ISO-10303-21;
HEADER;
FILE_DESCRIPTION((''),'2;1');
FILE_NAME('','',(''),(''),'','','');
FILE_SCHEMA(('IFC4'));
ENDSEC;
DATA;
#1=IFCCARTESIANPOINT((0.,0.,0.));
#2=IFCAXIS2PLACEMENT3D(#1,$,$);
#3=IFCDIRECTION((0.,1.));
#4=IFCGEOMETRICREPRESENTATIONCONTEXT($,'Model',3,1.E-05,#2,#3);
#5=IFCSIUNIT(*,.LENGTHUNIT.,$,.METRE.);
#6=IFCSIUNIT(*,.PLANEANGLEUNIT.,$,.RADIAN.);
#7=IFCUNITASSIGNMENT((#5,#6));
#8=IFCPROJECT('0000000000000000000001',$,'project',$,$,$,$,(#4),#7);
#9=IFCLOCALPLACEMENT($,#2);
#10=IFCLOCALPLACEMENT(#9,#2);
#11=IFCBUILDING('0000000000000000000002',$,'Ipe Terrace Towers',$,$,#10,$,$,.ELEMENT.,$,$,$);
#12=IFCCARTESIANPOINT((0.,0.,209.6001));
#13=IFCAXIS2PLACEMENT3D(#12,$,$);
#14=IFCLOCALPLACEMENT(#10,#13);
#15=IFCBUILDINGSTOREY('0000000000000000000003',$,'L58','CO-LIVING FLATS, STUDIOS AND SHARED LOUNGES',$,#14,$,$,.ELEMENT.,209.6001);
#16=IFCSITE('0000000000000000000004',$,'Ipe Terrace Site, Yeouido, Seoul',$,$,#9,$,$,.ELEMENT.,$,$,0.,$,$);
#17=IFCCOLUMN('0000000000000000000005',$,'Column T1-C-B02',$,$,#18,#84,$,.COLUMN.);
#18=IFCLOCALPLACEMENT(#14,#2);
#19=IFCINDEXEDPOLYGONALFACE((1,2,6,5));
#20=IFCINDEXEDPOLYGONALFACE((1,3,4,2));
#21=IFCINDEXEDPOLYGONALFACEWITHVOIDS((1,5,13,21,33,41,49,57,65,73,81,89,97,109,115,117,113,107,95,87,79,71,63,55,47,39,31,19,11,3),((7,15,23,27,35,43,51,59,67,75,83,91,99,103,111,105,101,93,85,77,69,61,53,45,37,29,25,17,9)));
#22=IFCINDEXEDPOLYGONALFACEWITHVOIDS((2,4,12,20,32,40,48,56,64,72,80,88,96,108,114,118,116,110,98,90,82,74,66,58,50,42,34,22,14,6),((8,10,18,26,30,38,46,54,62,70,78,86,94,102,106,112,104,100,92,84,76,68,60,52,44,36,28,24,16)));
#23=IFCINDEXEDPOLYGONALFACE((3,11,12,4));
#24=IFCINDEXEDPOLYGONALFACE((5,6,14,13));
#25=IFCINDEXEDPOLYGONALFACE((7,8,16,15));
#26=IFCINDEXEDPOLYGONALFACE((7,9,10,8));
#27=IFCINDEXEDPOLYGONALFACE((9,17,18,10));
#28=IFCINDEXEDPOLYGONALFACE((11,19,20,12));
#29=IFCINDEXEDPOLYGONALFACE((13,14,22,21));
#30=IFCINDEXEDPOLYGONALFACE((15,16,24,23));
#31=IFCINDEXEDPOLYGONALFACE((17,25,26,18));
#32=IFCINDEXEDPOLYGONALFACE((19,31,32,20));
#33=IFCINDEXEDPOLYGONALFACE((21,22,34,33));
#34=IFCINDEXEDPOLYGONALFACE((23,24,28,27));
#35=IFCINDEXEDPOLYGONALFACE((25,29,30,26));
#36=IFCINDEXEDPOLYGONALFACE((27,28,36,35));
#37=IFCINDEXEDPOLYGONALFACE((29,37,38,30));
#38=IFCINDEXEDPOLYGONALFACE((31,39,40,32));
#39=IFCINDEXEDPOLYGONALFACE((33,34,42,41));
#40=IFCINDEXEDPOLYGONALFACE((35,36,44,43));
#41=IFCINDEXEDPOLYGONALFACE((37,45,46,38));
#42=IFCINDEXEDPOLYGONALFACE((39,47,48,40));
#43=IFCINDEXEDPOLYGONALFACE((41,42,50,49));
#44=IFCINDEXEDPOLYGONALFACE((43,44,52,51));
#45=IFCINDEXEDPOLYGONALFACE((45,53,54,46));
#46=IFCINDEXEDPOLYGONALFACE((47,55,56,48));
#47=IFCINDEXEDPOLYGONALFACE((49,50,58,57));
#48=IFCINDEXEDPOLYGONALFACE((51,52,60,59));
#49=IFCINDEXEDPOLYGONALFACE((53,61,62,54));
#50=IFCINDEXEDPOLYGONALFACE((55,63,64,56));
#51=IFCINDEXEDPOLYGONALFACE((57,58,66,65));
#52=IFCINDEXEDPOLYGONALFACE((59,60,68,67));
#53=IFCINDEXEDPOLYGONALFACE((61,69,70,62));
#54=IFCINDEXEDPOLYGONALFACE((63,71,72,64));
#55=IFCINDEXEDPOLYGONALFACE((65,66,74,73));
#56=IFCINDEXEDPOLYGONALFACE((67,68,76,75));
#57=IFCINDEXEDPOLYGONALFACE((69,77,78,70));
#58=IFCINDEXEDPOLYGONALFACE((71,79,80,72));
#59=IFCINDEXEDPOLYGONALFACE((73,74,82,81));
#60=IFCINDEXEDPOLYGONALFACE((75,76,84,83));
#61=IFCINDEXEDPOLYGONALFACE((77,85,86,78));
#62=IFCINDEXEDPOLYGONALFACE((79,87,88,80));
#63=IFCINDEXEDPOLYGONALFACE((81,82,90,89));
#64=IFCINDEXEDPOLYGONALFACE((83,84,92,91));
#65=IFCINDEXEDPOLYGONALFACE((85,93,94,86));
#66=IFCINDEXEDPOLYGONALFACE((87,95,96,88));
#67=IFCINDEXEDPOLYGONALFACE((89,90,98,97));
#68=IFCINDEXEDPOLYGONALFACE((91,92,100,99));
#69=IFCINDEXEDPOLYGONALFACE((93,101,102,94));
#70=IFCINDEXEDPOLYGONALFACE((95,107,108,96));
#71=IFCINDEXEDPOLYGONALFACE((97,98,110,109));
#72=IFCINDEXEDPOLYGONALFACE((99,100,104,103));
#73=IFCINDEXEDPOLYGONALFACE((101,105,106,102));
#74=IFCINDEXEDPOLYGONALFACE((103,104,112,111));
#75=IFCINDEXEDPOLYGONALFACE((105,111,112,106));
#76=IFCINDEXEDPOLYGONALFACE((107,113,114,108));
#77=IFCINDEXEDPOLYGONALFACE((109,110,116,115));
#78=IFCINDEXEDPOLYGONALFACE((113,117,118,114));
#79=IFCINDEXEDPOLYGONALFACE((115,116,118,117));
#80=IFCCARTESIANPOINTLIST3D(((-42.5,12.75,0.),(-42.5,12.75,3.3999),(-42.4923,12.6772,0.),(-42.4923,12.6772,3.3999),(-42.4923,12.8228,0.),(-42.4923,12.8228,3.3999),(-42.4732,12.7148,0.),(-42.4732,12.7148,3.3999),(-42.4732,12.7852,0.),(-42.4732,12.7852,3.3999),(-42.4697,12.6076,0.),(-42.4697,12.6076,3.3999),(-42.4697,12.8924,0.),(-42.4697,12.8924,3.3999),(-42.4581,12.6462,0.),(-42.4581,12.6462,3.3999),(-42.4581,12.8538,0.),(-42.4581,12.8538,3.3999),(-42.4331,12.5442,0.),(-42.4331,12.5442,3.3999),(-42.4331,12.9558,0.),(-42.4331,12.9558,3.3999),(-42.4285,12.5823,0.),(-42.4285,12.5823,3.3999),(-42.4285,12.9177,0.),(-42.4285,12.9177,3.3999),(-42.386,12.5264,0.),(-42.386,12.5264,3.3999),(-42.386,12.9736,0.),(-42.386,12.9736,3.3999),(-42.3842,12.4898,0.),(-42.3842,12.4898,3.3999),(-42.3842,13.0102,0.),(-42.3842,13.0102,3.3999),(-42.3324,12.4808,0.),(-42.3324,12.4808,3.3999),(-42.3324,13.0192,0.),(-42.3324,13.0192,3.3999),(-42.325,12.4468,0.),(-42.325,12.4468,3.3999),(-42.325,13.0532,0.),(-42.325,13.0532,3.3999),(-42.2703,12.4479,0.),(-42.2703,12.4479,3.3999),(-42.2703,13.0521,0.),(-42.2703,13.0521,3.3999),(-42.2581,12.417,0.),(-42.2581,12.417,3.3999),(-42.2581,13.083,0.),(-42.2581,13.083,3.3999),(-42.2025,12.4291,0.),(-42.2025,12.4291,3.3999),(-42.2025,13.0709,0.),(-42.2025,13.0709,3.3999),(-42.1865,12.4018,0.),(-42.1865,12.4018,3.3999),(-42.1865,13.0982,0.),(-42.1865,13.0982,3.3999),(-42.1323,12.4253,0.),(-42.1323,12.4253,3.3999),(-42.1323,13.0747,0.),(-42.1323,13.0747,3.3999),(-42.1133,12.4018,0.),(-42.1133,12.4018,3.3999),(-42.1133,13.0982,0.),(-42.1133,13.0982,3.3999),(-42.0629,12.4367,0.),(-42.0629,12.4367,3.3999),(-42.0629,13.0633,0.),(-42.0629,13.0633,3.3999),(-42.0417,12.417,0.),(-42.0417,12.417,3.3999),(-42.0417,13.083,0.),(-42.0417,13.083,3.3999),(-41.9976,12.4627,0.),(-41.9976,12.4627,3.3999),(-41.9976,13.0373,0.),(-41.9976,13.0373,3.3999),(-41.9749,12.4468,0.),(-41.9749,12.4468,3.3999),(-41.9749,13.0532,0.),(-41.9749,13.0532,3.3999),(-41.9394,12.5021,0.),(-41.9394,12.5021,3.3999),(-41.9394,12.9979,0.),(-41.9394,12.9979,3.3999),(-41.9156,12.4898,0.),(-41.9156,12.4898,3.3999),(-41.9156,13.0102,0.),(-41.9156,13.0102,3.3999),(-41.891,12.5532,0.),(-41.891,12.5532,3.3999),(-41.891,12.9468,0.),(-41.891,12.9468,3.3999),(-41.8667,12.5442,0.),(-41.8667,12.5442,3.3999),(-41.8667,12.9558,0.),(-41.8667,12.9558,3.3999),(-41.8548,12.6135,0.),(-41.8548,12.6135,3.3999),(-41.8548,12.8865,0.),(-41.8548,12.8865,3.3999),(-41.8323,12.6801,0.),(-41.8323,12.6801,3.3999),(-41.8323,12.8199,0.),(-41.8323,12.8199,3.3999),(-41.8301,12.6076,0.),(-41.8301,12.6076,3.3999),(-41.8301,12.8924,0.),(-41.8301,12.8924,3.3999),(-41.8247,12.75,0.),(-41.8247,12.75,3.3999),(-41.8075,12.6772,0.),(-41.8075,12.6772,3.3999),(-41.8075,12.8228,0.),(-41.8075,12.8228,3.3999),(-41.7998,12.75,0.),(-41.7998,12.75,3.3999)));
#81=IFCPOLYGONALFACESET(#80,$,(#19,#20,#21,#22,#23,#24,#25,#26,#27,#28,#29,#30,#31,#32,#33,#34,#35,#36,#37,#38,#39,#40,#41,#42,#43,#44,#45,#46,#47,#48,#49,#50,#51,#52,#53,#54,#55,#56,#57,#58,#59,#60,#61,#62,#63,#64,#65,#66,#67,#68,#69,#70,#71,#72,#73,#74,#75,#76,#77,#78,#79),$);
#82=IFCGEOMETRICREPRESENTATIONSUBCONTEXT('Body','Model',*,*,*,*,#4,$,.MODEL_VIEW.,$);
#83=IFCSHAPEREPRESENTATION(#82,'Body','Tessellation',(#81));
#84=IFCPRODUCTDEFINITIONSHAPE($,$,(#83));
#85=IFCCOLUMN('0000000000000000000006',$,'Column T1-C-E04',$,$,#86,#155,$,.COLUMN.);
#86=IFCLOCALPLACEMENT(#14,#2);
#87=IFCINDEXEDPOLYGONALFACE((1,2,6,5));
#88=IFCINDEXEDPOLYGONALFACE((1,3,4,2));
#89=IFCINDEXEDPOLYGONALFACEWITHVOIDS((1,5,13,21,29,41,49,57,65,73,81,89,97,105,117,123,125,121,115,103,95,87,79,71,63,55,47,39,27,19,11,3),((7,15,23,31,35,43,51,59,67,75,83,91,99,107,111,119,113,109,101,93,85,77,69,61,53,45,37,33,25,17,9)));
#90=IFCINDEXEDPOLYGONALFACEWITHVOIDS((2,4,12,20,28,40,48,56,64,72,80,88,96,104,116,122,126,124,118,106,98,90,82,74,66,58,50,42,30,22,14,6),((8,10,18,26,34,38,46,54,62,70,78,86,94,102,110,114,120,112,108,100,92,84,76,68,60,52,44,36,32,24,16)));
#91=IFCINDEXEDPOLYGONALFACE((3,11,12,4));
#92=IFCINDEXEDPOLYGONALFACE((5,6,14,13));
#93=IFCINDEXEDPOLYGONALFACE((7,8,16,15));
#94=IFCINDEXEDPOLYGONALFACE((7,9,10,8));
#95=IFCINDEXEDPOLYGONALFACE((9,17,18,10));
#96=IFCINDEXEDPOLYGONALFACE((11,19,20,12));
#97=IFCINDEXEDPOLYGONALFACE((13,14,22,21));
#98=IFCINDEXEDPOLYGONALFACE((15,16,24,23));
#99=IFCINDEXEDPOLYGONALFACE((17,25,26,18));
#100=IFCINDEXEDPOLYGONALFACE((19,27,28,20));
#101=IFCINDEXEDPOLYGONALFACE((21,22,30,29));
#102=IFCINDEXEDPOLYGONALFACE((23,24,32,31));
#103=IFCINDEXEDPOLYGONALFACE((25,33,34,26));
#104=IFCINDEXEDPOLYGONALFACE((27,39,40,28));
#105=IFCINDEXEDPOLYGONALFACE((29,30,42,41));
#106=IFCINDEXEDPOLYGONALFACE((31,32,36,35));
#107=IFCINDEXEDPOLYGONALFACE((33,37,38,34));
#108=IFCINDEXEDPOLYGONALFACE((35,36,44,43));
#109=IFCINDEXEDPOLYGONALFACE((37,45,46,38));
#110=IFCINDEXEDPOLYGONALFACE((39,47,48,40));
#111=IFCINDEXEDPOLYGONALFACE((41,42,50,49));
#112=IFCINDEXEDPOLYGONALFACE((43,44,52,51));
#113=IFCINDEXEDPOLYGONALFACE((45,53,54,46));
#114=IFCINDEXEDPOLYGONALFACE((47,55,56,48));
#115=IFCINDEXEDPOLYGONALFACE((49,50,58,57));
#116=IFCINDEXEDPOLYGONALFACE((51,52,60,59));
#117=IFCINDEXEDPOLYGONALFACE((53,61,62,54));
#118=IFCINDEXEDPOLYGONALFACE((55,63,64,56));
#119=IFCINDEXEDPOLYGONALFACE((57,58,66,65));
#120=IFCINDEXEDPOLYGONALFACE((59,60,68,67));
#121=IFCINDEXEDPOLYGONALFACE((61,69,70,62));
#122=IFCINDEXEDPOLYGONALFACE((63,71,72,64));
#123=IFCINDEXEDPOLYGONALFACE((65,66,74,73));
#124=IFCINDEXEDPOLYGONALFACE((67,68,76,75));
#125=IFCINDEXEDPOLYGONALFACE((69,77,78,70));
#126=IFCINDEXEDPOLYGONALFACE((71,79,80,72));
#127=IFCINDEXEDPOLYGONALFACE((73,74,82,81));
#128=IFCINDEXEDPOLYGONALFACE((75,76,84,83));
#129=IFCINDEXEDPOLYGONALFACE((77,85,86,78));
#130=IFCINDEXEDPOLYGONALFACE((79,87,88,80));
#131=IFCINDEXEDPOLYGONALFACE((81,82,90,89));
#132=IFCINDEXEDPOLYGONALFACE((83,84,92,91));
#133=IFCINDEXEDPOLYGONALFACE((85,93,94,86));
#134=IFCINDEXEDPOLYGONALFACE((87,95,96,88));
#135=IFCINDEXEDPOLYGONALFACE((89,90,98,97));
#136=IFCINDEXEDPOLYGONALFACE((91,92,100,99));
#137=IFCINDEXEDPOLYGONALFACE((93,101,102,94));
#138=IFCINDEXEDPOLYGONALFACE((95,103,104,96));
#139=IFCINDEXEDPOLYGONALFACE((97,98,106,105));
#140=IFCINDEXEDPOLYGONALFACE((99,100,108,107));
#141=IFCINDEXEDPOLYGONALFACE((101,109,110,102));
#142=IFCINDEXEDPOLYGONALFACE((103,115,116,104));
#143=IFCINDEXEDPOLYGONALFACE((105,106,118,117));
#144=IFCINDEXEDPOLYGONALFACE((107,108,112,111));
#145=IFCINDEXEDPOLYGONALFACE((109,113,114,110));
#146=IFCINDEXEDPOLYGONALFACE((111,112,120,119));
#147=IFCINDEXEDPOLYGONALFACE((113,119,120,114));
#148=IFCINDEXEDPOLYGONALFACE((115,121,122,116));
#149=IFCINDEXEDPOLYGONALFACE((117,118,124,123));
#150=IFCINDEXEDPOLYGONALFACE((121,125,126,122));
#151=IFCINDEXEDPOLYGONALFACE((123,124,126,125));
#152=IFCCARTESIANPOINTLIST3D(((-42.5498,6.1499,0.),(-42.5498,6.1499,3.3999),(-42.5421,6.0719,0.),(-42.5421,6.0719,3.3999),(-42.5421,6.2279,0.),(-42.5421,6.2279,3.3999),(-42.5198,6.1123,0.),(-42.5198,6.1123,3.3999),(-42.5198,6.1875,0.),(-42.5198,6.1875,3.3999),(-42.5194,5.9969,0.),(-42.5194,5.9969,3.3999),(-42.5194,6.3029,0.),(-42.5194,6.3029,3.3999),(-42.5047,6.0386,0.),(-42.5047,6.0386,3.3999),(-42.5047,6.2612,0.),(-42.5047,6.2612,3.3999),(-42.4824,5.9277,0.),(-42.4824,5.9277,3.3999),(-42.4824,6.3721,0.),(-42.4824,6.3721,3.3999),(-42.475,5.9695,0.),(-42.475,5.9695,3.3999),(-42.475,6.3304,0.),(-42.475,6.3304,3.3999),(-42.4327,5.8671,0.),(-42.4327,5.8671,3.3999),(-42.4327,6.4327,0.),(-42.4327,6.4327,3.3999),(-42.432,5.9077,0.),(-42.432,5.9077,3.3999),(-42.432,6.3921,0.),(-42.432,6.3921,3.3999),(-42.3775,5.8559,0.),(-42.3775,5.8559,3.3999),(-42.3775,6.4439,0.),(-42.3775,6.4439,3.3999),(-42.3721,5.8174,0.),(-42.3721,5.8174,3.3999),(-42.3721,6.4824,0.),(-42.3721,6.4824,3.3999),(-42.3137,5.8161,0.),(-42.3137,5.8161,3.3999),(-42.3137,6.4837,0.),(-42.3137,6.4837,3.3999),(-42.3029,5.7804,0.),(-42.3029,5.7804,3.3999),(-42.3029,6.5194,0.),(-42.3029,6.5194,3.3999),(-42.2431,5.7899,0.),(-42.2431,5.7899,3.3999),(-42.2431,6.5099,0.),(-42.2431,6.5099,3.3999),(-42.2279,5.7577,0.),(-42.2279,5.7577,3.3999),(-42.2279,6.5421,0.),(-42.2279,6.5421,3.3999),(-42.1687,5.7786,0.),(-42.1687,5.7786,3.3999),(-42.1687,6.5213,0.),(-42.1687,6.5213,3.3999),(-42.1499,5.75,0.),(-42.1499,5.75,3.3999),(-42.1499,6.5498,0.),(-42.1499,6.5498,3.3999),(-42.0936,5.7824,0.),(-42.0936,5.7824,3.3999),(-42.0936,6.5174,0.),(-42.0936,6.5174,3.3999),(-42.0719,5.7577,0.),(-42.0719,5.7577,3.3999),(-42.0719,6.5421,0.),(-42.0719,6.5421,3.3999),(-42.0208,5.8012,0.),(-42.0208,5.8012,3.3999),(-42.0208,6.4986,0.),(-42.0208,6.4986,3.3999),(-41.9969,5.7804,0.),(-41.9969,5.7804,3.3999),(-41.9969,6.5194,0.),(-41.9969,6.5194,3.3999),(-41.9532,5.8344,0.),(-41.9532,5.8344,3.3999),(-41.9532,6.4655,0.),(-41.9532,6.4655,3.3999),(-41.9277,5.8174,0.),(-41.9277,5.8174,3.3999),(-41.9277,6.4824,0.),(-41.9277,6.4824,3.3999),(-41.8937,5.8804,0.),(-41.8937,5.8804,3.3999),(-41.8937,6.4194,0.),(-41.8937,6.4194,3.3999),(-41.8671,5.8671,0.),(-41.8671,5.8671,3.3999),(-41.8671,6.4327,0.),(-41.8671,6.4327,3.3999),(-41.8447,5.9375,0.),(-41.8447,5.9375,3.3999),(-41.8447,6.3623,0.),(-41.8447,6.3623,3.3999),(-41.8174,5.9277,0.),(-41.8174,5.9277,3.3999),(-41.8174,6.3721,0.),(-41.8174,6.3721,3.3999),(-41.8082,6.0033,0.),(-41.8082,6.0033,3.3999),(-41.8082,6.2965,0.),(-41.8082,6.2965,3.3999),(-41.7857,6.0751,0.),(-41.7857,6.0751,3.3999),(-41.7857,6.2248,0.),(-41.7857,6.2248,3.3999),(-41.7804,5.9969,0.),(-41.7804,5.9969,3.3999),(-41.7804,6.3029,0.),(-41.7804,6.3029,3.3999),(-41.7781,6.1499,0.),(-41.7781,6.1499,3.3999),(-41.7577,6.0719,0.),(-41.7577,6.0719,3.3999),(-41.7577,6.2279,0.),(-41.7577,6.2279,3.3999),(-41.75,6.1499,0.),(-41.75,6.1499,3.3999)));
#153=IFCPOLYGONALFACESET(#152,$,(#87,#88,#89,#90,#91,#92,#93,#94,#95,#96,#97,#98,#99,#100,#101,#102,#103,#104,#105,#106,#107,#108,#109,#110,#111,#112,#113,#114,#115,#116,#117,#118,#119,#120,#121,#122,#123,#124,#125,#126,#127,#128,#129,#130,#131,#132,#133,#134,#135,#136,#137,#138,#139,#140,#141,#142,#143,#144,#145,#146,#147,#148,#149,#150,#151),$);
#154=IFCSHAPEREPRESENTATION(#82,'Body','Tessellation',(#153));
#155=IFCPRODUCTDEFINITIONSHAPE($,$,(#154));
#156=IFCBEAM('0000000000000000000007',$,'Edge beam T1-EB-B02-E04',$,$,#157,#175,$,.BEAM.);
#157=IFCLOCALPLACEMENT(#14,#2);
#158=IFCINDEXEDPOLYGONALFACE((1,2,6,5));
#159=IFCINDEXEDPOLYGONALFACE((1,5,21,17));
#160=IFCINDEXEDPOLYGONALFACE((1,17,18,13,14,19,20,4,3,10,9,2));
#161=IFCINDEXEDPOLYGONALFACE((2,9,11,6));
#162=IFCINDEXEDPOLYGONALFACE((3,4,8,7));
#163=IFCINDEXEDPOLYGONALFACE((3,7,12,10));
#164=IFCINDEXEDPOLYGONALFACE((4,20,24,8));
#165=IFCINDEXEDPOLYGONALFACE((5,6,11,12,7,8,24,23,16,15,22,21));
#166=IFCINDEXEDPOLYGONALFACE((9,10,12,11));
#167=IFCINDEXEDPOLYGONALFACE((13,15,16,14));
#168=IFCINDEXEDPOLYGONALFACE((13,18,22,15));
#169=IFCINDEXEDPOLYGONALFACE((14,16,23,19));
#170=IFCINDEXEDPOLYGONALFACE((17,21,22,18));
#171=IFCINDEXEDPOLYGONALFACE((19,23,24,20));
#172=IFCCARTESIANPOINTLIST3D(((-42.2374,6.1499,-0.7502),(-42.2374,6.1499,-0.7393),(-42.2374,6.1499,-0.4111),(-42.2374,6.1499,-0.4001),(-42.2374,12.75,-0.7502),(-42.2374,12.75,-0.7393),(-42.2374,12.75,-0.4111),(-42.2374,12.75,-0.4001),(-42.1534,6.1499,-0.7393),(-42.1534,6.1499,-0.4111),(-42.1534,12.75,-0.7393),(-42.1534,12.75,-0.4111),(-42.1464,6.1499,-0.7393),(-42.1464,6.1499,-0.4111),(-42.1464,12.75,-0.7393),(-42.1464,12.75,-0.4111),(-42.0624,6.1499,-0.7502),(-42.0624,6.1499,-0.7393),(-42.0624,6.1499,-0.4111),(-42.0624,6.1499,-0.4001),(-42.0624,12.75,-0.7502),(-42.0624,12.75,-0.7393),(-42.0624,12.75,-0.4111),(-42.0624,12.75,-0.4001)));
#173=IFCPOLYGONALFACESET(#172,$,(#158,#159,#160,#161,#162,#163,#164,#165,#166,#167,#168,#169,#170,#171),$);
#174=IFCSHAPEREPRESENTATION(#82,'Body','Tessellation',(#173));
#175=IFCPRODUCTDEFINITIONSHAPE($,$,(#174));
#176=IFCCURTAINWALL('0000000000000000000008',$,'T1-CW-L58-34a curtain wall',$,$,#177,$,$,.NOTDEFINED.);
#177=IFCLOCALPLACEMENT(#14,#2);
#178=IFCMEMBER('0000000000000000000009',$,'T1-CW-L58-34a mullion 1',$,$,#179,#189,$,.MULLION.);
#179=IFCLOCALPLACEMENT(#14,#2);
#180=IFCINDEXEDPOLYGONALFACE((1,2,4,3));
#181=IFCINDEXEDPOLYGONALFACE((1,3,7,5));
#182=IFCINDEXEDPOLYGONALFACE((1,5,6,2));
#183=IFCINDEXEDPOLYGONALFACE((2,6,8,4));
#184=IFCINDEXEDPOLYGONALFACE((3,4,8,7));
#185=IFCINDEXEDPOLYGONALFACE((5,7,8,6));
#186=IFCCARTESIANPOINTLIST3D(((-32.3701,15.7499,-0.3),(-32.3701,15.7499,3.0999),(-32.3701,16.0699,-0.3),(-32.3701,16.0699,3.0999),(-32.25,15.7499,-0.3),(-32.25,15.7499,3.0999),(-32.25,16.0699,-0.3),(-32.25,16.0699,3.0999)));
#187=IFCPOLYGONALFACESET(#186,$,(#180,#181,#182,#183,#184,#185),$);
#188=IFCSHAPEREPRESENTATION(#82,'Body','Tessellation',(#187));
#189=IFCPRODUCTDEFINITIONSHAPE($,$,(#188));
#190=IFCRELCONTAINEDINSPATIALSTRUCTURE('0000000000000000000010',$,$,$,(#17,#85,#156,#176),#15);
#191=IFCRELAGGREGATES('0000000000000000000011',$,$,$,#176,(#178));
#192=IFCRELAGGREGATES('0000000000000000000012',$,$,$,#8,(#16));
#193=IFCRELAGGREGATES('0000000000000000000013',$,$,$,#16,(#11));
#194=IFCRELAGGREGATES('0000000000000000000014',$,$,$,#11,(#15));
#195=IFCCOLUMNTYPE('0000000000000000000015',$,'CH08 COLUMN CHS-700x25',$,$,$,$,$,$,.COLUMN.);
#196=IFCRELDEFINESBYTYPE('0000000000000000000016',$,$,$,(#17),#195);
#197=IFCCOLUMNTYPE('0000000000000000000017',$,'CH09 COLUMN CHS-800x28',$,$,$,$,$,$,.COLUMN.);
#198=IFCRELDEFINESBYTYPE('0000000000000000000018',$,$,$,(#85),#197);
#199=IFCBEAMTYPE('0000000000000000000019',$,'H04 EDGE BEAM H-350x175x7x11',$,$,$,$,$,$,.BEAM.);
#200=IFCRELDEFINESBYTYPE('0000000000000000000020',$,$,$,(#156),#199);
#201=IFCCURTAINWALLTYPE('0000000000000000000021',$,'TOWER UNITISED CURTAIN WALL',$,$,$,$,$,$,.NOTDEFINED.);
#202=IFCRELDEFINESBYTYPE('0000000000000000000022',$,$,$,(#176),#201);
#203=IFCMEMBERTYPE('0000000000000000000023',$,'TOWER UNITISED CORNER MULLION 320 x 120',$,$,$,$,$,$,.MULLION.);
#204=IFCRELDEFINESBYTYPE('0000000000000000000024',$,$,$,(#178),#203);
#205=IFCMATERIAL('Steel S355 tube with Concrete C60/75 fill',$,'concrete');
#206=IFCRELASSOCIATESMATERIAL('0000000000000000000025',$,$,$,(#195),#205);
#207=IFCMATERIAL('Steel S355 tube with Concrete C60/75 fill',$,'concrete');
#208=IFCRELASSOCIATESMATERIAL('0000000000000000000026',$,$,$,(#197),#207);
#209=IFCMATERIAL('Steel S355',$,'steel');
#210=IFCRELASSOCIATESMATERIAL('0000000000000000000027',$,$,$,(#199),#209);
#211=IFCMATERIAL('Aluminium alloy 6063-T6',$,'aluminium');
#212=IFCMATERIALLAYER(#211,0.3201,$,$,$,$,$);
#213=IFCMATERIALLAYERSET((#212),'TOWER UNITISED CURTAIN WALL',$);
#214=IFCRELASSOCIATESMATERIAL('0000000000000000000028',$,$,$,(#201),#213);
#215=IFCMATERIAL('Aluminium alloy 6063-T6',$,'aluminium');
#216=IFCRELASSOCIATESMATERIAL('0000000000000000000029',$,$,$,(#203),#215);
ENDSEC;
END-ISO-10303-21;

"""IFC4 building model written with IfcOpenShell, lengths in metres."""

from ifc_helpers import new_model, si_unit, direction, frame, origin, origin_2d, place, context, subcontext, project, spatial, rectangle, hollow_circle, i_section, extrude, material, layer, layer_set, material_profile, profile_set, type_object, element, aggregate, save


model = new_model("IFC4")

# Units and contexts
model_context = context("Model", 3, precision=1e-05, world=origin(), true_north=direction((0.0, 1.0)))
body_context = subcontext(model_context, "Body", "Model", "MODEL_VIEW")
ifc_project = project(units=[si_unit("LENGTHUNIT", "METRE"), si_unit("PLANEANGLEUNIT", "RADIAN")], contexts=[model_context])

# Site, building, storey
site_placement = place(None, origin())
site = spatial("IfcSite", under=ifc_project, at=site_placement, Name="Ipe Terrace Site, Yeouido, Seoul", CompositionType="ELEMENT", RefElevation=0.0)
building_placement = place(site_placement, origin())
building = spatial("IfcBuilding", under=site, at=building_placement, Name="Ipe Terrace Towers", CompositionType="ELEMENT")
storey_placement = place(building_placement, frame((0.0, 0.0, 209.6001)))
storey = spatial("IfcBuildingStorey", under=building, at=storey_placement, Name="L58", Description="CO-LIVING FLATS, STUDIOS AND SHARED LOUNGES", CompositionType="ELEMENT", Elevation=209.6001)

# Columns
ifc_material_1 = material(Name="Steel S355 tube with Concrete C60/75 fill", Category="concrete")
ifc_material_profile_1 = material_profile(ifc_material_1, hollow_circle(Radius=0.3501, WallThickness=0.0249, at=origin_2d()), Name="CHS-700x25")
ifc_profile_set_1 = profile_set([ifc_material_profile_1], Name="Steel S355 tube with Concrete C60/75 fill")
column_type_1 = type_object("IfcColumnType", Name="CH08 COLUMN CHS-700x25", PredefinedType="COLUMN", material=ifc_profile_set_1)
column_1_placement = place(storey_placement, frame((-42.1499, 12.75, 0.0), z_axis=(0.0, 0.0, 1.0), x_axis=(1.0, 0.0, 0.0)))
element("IfcColumn", 1, at=column_1_placement, inside=storey, type_object=column_type_1, Name="Column T1-C-B02", PredefinedType="COLUMN", context=body_context, shape_type="SweptSolid", body=[
    extrude(hollow_circle(Radius=0.3501, WallThickness=0.0249, at=origin_2d()), origin(), (0.0, 0.0, 1.0), 3.3999),
])
ifc_material_2 = material(Name="Steel S355 tube with Concrete C60/75 fill", Category="concrete")
ifc_material_profile_2 = material_profile(ifc_material_2, hollow_circle(Radius=0.3999, WallThickness=0.0281, at=origin_2d()), Name="CHS-800x28")
ifc_profile_set_2 = profile_set([ifc_material_profile_2], Name="Steel S355 tube with Concrete C60/75 fill")
column_type_2 = type_object("IfcColumnType", Name="CH09 COLUMN CHS-800x28", PredefinedType="COLUMN", material=ifc_profile_set_2)
column_2_placement = place(storey_placement, frame((-42.1499, 6.1499, 0.0), z_axis=(0.0, 0.0, 1.0), x_axis=(1.0, 0.0, 0.0)))
element("IfcColumn", 2, at=column_2_placement, inside=storey, type_object=column_type_2, Name="Column T1-C-E04", PredefinedType="COLUMN", context=body_context, shape_type="SweptSolid", body=[
    extrude(hollow_circle(Radius=0.3999, WallThickness=0.0281, at=origin_2d()), origin(), (0.0, 0.0, 1.0), 3.3999),
])

# Beam
ifc_material_3 = material(Name="Steel S355", Category="steel")
ifc_material_profile_3 = material_profile(ifc_material_3, i_section(OverallWidth=0.175, OverallDepth=0.3501, WebThickness=0.0071, FlangeThickness=0.011, at=origin_2d()), Name="H-350x175x7x11")
ifc_profile_set_3 = profile_set([ifc_material_profile_3], Name="Steel S355")
beam_type = type_object("IfcBeamType", Name="H04 EDGE BEAM H-350x175x7x11", PredefinedType="BEAM", material=ifc_profile_set_3)
beam_placement = place(storey_placement, frame((-42.1499, 12.75, -0.5752), z_axis=(0.0, -1.0, 0.0), x_axis=(1.0, 0.0, 0.0)))
element("IfcBeam", 3, at=beam_placement, inside=storey, type_object=beam_type, Name="Edge beam T1-EB-B02-E04", PredefinedType="BEAM", context=body_context, shape_type="SweptSolid", body=[
    extrude(i_section(OverallWidth=0.175, OverallDepth=0.3501, WebThickness=0.0071, FlangeThickness=0.011, at=origin_2d()), origin(), (0.0, 0.0, 1.0), 6.6001),
])

# Curtain wall, member
ifc_material_4 = material(Name="Aluminium alloy 6063-T6", Category="aluminium")
ifc_layer_1 = layer(ifc_material_4, 0.3201)
ifc_layer_set_1 = layer_set([ifc_layer_1], Name="TOWER UNITISED CURTAIN WALL")
curtain_wall_type = type_object("IfcCurtainWallType", Name="TOWER UNITISED CURTAIN WALL", PredefinedType="NOTDEFINED", material=ifc_layer_set_1)
curtain_wall_placement = place(storey_placement, origin())
curtain_wall = element("IfcCurtainWall", 4, at=curtain_wall_placement, inside=storey, type_object=curtain_wall_type, Name="T1-CW-L58-34a curtain wall", PredefinedType="NOTDEFINED")
ifc_material_5 = material(Name="Aluminium alloy 6063-T6", Category="aluminium")
ifc_material_profile_4 = material_profile(ifc_material_5, rectangle(XDim=0.3201, YDim=0.1201, at=origin_2d()), Name="TOWER UNITISED CORNER MULLION 320 x 120")
ifc_profile_set_4 = profile_set([ifc_material_profile_4], Name="Aluminium alloy 6063-T6")
member_type_1 = type_object("IfcMemberType", Name="TOWER UNITISED CORNER MULLION 320 x 120", PredefinedType="MULLION", material=ifc_profile_set_4)
member_1_placement = place(storey_placement, frame((-32.3101, 15.9099, -0.3), z_axis=(0.0, 0.0, 1.0), x_axis=(0.0, 1.0, 0.0)))
member_1 = element("IfcMember", 5, at=member_1_placement, type_object=member_type_1, Name="T1-CW-L58-34a mullion 1", PredefinedType="MULLION", context=body_context, shape_type="SweptSolid", body=[
    extrude(rectangle(XDim=0.3201, YDim=0.1201, at=origin_2d()), origin(), (0.0, 0.0, 1.0), 3.3999),
])
aggregate(curtain_wall, [member_1])

save(model, "model.ifc")
